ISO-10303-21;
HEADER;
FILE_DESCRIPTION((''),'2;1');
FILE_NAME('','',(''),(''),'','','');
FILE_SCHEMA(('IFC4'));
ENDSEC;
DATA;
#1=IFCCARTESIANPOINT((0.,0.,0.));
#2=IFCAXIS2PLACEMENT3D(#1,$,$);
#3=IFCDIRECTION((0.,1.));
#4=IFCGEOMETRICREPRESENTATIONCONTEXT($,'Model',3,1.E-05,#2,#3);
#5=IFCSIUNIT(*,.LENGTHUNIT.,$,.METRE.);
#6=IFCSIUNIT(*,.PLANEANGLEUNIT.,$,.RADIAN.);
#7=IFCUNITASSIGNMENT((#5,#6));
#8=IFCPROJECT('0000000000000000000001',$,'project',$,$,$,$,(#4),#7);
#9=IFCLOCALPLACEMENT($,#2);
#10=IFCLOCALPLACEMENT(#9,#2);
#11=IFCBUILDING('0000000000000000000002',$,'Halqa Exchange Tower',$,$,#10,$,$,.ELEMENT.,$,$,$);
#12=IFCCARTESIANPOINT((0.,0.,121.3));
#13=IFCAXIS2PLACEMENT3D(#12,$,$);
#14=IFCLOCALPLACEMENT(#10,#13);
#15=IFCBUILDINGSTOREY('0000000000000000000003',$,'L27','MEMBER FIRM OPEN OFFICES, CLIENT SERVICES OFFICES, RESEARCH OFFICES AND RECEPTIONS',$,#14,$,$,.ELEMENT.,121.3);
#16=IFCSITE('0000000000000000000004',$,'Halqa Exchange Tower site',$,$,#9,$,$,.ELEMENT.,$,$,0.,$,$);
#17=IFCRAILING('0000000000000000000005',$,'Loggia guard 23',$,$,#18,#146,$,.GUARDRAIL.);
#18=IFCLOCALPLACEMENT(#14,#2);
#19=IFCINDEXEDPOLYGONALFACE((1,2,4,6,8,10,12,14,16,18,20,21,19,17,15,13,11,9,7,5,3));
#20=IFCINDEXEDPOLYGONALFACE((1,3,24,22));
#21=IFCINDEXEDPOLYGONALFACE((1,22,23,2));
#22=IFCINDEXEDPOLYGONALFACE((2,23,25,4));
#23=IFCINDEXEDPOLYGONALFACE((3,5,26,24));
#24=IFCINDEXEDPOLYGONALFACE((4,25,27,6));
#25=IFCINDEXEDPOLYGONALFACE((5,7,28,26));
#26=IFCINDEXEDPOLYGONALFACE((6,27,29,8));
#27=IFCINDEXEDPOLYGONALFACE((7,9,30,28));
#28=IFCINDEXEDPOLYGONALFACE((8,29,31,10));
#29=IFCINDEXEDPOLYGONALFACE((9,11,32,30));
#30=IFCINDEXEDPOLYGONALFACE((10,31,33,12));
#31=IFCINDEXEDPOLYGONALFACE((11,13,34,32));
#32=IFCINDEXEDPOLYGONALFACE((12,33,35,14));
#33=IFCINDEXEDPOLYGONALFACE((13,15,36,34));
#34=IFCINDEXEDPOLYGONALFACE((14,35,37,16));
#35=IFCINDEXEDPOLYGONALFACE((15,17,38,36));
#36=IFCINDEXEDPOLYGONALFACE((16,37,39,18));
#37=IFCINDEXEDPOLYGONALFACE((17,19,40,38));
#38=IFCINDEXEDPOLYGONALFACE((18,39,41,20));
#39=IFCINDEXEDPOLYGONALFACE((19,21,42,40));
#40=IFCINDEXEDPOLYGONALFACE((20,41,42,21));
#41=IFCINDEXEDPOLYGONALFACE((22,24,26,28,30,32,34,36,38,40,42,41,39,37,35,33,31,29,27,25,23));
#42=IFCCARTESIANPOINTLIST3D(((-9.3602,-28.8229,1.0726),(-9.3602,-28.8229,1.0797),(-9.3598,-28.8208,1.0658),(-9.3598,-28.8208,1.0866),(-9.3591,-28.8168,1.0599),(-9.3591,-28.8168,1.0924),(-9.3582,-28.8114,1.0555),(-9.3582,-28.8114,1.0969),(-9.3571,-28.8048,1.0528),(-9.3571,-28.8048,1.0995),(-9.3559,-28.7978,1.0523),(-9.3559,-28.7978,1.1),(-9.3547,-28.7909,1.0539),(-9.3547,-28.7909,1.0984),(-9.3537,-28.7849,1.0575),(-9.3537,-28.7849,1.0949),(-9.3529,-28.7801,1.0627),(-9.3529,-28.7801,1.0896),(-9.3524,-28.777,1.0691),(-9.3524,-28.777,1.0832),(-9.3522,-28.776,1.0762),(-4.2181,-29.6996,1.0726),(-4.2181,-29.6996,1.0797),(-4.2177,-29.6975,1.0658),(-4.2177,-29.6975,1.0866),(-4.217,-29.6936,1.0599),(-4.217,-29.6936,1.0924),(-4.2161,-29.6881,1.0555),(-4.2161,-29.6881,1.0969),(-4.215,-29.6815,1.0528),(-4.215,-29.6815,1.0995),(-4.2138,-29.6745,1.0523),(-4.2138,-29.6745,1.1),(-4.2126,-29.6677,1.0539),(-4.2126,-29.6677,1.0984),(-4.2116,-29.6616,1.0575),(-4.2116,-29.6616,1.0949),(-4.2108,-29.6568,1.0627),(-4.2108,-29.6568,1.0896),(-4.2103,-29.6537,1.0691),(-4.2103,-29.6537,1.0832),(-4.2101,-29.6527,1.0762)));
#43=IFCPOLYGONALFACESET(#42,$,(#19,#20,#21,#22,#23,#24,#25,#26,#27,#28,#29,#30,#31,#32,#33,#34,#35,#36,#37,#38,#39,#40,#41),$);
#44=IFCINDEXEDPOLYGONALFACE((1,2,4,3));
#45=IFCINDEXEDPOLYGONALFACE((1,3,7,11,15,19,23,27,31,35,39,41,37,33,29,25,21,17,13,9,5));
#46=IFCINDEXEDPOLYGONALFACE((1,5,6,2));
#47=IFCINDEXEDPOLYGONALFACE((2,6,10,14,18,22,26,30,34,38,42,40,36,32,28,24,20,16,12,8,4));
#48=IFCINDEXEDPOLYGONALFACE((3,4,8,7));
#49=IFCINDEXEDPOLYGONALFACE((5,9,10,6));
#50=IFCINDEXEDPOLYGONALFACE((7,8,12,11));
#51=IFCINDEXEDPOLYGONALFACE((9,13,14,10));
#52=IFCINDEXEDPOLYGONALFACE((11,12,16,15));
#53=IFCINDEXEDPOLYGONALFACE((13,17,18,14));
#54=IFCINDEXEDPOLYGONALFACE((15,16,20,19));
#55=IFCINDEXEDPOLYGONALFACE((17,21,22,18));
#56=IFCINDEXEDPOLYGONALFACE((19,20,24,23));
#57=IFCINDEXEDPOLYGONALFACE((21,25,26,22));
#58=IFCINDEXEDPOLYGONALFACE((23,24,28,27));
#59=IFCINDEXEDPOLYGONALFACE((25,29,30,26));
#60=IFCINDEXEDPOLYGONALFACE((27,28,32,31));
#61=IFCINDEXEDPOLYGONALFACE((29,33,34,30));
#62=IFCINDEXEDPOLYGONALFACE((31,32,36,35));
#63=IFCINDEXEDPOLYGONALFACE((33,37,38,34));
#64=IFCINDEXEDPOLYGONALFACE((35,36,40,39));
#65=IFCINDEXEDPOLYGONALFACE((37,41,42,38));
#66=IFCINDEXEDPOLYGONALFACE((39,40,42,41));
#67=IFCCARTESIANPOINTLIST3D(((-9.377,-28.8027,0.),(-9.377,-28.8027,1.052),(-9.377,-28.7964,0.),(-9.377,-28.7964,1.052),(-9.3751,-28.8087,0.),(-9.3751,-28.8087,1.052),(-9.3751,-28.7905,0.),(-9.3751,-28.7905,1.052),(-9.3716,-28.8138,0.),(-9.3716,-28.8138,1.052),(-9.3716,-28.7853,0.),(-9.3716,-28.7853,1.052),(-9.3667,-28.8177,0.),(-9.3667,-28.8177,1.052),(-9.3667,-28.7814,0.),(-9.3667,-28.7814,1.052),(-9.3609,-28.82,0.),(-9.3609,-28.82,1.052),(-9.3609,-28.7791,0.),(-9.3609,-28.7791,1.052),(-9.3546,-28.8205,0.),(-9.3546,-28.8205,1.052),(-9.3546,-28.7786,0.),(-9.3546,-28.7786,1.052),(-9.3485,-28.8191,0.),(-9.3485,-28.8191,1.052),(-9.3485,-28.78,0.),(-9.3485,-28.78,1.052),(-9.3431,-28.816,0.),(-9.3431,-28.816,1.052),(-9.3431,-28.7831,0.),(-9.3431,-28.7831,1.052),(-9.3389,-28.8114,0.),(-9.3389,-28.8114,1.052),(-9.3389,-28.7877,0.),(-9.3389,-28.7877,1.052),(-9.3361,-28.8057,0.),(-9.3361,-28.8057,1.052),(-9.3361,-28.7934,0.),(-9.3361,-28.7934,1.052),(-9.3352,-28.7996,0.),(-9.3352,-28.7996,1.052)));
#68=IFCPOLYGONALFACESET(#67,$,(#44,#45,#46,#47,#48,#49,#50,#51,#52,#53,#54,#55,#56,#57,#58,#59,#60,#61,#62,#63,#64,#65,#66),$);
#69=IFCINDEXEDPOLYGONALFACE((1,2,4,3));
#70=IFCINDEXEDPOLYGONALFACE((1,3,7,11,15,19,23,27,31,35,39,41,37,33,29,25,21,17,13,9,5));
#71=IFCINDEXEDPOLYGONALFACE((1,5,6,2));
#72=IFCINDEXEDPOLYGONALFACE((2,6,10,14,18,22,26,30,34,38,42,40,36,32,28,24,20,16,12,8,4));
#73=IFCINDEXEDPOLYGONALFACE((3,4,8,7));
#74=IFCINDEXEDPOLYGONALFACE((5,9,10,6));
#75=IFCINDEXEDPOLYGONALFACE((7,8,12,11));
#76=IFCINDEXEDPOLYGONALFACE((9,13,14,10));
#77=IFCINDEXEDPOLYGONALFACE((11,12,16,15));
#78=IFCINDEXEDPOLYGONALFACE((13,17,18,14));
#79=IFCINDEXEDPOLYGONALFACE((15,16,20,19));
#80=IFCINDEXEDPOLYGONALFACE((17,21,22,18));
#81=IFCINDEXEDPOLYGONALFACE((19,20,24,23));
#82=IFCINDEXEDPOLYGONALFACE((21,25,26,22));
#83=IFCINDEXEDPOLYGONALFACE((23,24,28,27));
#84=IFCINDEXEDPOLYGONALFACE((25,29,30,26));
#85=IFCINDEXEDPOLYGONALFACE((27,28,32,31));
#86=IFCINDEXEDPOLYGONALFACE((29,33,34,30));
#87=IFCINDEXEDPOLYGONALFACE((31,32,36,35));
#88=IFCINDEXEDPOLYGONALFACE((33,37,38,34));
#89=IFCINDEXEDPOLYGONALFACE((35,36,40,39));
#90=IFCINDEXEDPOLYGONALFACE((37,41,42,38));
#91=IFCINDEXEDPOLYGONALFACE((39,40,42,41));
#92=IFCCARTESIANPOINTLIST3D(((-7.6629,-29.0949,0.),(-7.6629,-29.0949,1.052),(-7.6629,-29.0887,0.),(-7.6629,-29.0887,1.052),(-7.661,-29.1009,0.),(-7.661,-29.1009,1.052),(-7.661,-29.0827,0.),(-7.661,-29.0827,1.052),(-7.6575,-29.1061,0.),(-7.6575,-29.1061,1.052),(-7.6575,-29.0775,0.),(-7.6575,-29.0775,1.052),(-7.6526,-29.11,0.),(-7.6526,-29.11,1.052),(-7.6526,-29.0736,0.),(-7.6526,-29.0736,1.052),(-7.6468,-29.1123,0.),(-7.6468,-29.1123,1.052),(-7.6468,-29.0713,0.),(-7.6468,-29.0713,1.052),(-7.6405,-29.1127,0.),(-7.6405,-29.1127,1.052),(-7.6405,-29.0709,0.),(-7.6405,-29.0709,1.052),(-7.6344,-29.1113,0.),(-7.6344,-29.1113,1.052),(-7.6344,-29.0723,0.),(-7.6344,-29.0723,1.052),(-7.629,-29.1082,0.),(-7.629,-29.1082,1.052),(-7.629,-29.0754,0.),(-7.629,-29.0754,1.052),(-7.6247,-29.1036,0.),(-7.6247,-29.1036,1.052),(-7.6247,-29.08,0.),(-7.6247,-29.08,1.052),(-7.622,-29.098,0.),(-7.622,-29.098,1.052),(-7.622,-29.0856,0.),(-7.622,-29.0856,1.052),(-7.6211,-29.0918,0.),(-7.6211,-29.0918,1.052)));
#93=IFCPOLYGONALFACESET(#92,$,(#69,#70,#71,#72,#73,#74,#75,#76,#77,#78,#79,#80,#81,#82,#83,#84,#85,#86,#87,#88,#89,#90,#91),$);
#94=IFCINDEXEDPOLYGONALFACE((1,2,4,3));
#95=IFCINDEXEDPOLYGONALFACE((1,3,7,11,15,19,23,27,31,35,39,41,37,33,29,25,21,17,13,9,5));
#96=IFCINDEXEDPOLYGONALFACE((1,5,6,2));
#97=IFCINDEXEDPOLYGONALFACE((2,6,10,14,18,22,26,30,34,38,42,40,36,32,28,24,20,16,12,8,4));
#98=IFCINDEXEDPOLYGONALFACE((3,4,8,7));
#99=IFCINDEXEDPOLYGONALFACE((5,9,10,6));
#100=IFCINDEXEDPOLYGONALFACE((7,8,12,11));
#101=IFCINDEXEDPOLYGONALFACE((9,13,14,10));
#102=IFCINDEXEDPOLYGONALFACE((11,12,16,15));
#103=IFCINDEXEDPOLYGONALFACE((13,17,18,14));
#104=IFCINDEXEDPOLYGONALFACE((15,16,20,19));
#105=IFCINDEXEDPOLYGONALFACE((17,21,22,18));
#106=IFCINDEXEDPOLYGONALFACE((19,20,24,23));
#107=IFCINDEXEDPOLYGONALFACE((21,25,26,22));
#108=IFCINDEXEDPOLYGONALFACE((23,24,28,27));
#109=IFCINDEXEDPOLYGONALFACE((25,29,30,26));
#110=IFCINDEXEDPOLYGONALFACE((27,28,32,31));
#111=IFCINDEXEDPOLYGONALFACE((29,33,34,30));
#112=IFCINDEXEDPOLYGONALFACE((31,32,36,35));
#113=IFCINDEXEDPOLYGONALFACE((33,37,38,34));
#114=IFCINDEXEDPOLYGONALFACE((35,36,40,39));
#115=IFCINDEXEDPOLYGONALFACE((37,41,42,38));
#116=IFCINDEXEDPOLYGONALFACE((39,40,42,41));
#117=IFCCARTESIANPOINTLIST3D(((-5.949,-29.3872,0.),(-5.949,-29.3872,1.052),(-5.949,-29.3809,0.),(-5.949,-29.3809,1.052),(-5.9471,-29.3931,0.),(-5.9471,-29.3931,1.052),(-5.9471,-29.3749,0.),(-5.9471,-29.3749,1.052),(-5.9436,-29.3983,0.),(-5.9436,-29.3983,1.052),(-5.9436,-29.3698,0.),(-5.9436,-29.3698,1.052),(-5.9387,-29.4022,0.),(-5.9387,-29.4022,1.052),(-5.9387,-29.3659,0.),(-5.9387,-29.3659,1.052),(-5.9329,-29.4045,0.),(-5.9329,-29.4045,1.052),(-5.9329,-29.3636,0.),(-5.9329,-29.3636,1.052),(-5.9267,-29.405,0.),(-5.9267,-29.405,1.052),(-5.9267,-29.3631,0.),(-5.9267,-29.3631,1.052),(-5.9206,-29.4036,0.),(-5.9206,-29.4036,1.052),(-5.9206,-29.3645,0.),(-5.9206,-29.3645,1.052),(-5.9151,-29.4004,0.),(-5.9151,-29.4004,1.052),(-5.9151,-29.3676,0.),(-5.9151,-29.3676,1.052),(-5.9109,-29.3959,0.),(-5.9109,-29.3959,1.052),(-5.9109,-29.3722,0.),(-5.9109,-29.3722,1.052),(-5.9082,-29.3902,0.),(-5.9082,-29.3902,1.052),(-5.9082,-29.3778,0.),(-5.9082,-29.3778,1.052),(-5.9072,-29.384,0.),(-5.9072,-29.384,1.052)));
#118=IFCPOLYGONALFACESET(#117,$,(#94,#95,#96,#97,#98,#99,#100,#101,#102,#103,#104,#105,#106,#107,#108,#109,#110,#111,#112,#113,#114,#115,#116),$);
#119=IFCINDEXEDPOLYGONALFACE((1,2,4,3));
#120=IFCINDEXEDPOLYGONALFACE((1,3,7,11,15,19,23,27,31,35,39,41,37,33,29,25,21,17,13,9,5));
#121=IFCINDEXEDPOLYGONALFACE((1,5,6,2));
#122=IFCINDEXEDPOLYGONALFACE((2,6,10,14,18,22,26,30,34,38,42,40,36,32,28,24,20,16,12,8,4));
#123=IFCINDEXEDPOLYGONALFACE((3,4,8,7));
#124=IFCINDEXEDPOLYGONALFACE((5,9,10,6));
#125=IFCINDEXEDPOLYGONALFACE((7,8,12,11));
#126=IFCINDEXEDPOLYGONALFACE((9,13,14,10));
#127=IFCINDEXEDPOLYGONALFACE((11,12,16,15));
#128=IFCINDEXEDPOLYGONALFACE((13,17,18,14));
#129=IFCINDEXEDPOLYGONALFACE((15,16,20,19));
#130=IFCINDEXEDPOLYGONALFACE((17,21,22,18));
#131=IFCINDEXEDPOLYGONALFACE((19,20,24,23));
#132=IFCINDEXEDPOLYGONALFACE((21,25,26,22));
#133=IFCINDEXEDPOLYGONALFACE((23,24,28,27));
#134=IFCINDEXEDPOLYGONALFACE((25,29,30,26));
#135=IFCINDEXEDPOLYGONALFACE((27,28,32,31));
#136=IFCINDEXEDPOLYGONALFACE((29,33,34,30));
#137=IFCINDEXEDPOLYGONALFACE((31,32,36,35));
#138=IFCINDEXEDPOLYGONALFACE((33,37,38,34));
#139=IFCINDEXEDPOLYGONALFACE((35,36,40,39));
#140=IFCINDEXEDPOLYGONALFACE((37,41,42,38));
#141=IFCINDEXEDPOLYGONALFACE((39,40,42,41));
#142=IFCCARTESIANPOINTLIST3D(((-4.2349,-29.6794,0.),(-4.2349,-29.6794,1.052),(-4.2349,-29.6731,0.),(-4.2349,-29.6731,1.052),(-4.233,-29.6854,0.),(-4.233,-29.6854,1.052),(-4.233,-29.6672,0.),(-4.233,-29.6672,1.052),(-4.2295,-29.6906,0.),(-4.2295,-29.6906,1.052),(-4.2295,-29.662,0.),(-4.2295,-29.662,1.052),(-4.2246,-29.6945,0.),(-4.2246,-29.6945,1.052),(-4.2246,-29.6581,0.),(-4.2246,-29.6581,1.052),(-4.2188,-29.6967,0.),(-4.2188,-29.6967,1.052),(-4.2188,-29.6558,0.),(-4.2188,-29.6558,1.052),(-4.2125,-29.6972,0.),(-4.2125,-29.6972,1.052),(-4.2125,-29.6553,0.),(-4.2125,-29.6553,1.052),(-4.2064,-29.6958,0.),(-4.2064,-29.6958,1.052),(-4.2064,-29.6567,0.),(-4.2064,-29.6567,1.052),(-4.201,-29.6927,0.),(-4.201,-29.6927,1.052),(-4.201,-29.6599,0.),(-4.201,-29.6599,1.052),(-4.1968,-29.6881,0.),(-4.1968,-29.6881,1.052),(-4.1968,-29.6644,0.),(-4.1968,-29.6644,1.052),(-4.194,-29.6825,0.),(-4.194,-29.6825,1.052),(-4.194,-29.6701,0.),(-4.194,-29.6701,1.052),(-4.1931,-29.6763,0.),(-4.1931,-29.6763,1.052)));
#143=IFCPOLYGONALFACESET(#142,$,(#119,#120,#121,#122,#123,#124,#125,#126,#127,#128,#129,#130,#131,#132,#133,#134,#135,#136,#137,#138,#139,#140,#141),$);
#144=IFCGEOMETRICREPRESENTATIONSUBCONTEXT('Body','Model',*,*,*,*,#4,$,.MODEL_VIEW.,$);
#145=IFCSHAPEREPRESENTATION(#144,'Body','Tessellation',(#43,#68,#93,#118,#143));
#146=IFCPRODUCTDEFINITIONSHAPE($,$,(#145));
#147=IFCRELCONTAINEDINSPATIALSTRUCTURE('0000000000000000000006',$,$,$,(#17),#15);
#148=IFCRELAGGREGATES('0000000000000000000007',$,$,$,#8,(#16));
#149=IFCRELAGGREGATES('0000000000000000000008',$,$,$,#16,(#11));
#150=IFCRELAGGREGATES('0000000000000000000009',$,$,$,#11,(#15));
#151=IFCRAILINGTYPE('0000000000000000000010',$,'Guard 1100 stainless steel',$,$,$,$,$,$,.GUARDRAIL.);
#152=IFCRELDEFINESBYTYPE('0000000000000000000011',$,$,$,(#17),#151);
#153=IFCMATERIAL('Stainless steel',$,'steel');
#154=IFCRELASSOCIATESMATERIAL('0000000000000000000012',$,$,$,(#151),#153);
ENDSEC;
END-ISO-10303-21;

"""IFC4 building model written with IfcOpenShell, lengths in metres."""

from ifc_helpers import new_model, si_unit, direction, frame, origin, origin_2d, place, context, subcontext, project, spatial, circle, extrude, material, type_object, element, save


model = new_model("IFC4")

# Units and contexts
model_context = context("Model", 3, precision=1e-05, world=origin(), true_north=direction((0.0, 1.0)))
body_context = subcontext(model_context, "Body", "Model", "MODEL_VIEW")
ifc_project = project(units=[si_unit("LENGTHUNIT", "METRE"), si_unit("PLANEANGLEUNIT", "RADIAN")], contexts=[model_context])

# Site, building, storey
site_placement = place(None, origin())
site = spatial("IfcSite", under=ifc_project, at=site_placement, Name="Halqa Exchange Tower site", CompositionType="ELEMENT", RefElevation=0.0)
building_placement = place(site_placement, origin())
building = spatial("IfcBuilding", under=site, at=building_placement, Name="Halqa Exchange Tower", CompositionType="ELEMENT")
storey_placement = place(building_placement, frame((0.0, 0.0, 121.3)))
storey = spatial("IfcBuildingStorey", under=building, at=storey_placement, Name="L27", Description="MEMBER FIRM OPEN OFFICES, CLIENT SERVICES OFFICES, RESEARCH OFFICES AND RECEPTIONS", CompositionType="ELEMENT", Elevation=121.3)

# Railing
ifc_material_1 = material(Name="Stainless steel", Category="steel")
railing_type = type_object("IfcRailingType", Name="Guard 1100 stainless steel", PredefinedType="GUARDRAIL", material=ifc_material_1)
railing_1_placement = place(storey_placement, frame((-9.3562, -28.7996, 0.0)))
element("IfcRailing", 1, at=railing_1_placement, inside=storey, type_object=railing_type, Name="Loggia guard 23", PredefinedType="GUARDRAIL", context=body_context, shape_type="SweptSolid", body=[
    extrude(circle(Radius=0.0239, at=origin_2d()), frame((0.0, 0.0, 1.0762), z_axis=(0.985775, -0.168071, 0.0), x_axis=(0.168071, 0.985775, 0.0)), (0.0, 0.0, 1.0), 5.2163),
    extrude(circle(Radius=0.021, at=origin_2d()), origin(), (0.0, 0.0, 1.0), 1.052),
    extrude(circle(Radius=0.021, at=origin_2d()), frame((1.7141, -0.2922, 0.0)), (0.0, 0.0, 1.0), 1.052),
    extrude(circle(Radius=0.021, at=origin_2d()), frame((3.428, -0.5845, 0.0)), (0.0, 0.0, 1.0), 1.052),
    extrude(circle(Radius=0.021, at=origin_2d()), frame((5.1421, -0.8767, 0.0)), (0.0, 0.0, 1.0), 1.052),
])

save(model, "model.ifc")
